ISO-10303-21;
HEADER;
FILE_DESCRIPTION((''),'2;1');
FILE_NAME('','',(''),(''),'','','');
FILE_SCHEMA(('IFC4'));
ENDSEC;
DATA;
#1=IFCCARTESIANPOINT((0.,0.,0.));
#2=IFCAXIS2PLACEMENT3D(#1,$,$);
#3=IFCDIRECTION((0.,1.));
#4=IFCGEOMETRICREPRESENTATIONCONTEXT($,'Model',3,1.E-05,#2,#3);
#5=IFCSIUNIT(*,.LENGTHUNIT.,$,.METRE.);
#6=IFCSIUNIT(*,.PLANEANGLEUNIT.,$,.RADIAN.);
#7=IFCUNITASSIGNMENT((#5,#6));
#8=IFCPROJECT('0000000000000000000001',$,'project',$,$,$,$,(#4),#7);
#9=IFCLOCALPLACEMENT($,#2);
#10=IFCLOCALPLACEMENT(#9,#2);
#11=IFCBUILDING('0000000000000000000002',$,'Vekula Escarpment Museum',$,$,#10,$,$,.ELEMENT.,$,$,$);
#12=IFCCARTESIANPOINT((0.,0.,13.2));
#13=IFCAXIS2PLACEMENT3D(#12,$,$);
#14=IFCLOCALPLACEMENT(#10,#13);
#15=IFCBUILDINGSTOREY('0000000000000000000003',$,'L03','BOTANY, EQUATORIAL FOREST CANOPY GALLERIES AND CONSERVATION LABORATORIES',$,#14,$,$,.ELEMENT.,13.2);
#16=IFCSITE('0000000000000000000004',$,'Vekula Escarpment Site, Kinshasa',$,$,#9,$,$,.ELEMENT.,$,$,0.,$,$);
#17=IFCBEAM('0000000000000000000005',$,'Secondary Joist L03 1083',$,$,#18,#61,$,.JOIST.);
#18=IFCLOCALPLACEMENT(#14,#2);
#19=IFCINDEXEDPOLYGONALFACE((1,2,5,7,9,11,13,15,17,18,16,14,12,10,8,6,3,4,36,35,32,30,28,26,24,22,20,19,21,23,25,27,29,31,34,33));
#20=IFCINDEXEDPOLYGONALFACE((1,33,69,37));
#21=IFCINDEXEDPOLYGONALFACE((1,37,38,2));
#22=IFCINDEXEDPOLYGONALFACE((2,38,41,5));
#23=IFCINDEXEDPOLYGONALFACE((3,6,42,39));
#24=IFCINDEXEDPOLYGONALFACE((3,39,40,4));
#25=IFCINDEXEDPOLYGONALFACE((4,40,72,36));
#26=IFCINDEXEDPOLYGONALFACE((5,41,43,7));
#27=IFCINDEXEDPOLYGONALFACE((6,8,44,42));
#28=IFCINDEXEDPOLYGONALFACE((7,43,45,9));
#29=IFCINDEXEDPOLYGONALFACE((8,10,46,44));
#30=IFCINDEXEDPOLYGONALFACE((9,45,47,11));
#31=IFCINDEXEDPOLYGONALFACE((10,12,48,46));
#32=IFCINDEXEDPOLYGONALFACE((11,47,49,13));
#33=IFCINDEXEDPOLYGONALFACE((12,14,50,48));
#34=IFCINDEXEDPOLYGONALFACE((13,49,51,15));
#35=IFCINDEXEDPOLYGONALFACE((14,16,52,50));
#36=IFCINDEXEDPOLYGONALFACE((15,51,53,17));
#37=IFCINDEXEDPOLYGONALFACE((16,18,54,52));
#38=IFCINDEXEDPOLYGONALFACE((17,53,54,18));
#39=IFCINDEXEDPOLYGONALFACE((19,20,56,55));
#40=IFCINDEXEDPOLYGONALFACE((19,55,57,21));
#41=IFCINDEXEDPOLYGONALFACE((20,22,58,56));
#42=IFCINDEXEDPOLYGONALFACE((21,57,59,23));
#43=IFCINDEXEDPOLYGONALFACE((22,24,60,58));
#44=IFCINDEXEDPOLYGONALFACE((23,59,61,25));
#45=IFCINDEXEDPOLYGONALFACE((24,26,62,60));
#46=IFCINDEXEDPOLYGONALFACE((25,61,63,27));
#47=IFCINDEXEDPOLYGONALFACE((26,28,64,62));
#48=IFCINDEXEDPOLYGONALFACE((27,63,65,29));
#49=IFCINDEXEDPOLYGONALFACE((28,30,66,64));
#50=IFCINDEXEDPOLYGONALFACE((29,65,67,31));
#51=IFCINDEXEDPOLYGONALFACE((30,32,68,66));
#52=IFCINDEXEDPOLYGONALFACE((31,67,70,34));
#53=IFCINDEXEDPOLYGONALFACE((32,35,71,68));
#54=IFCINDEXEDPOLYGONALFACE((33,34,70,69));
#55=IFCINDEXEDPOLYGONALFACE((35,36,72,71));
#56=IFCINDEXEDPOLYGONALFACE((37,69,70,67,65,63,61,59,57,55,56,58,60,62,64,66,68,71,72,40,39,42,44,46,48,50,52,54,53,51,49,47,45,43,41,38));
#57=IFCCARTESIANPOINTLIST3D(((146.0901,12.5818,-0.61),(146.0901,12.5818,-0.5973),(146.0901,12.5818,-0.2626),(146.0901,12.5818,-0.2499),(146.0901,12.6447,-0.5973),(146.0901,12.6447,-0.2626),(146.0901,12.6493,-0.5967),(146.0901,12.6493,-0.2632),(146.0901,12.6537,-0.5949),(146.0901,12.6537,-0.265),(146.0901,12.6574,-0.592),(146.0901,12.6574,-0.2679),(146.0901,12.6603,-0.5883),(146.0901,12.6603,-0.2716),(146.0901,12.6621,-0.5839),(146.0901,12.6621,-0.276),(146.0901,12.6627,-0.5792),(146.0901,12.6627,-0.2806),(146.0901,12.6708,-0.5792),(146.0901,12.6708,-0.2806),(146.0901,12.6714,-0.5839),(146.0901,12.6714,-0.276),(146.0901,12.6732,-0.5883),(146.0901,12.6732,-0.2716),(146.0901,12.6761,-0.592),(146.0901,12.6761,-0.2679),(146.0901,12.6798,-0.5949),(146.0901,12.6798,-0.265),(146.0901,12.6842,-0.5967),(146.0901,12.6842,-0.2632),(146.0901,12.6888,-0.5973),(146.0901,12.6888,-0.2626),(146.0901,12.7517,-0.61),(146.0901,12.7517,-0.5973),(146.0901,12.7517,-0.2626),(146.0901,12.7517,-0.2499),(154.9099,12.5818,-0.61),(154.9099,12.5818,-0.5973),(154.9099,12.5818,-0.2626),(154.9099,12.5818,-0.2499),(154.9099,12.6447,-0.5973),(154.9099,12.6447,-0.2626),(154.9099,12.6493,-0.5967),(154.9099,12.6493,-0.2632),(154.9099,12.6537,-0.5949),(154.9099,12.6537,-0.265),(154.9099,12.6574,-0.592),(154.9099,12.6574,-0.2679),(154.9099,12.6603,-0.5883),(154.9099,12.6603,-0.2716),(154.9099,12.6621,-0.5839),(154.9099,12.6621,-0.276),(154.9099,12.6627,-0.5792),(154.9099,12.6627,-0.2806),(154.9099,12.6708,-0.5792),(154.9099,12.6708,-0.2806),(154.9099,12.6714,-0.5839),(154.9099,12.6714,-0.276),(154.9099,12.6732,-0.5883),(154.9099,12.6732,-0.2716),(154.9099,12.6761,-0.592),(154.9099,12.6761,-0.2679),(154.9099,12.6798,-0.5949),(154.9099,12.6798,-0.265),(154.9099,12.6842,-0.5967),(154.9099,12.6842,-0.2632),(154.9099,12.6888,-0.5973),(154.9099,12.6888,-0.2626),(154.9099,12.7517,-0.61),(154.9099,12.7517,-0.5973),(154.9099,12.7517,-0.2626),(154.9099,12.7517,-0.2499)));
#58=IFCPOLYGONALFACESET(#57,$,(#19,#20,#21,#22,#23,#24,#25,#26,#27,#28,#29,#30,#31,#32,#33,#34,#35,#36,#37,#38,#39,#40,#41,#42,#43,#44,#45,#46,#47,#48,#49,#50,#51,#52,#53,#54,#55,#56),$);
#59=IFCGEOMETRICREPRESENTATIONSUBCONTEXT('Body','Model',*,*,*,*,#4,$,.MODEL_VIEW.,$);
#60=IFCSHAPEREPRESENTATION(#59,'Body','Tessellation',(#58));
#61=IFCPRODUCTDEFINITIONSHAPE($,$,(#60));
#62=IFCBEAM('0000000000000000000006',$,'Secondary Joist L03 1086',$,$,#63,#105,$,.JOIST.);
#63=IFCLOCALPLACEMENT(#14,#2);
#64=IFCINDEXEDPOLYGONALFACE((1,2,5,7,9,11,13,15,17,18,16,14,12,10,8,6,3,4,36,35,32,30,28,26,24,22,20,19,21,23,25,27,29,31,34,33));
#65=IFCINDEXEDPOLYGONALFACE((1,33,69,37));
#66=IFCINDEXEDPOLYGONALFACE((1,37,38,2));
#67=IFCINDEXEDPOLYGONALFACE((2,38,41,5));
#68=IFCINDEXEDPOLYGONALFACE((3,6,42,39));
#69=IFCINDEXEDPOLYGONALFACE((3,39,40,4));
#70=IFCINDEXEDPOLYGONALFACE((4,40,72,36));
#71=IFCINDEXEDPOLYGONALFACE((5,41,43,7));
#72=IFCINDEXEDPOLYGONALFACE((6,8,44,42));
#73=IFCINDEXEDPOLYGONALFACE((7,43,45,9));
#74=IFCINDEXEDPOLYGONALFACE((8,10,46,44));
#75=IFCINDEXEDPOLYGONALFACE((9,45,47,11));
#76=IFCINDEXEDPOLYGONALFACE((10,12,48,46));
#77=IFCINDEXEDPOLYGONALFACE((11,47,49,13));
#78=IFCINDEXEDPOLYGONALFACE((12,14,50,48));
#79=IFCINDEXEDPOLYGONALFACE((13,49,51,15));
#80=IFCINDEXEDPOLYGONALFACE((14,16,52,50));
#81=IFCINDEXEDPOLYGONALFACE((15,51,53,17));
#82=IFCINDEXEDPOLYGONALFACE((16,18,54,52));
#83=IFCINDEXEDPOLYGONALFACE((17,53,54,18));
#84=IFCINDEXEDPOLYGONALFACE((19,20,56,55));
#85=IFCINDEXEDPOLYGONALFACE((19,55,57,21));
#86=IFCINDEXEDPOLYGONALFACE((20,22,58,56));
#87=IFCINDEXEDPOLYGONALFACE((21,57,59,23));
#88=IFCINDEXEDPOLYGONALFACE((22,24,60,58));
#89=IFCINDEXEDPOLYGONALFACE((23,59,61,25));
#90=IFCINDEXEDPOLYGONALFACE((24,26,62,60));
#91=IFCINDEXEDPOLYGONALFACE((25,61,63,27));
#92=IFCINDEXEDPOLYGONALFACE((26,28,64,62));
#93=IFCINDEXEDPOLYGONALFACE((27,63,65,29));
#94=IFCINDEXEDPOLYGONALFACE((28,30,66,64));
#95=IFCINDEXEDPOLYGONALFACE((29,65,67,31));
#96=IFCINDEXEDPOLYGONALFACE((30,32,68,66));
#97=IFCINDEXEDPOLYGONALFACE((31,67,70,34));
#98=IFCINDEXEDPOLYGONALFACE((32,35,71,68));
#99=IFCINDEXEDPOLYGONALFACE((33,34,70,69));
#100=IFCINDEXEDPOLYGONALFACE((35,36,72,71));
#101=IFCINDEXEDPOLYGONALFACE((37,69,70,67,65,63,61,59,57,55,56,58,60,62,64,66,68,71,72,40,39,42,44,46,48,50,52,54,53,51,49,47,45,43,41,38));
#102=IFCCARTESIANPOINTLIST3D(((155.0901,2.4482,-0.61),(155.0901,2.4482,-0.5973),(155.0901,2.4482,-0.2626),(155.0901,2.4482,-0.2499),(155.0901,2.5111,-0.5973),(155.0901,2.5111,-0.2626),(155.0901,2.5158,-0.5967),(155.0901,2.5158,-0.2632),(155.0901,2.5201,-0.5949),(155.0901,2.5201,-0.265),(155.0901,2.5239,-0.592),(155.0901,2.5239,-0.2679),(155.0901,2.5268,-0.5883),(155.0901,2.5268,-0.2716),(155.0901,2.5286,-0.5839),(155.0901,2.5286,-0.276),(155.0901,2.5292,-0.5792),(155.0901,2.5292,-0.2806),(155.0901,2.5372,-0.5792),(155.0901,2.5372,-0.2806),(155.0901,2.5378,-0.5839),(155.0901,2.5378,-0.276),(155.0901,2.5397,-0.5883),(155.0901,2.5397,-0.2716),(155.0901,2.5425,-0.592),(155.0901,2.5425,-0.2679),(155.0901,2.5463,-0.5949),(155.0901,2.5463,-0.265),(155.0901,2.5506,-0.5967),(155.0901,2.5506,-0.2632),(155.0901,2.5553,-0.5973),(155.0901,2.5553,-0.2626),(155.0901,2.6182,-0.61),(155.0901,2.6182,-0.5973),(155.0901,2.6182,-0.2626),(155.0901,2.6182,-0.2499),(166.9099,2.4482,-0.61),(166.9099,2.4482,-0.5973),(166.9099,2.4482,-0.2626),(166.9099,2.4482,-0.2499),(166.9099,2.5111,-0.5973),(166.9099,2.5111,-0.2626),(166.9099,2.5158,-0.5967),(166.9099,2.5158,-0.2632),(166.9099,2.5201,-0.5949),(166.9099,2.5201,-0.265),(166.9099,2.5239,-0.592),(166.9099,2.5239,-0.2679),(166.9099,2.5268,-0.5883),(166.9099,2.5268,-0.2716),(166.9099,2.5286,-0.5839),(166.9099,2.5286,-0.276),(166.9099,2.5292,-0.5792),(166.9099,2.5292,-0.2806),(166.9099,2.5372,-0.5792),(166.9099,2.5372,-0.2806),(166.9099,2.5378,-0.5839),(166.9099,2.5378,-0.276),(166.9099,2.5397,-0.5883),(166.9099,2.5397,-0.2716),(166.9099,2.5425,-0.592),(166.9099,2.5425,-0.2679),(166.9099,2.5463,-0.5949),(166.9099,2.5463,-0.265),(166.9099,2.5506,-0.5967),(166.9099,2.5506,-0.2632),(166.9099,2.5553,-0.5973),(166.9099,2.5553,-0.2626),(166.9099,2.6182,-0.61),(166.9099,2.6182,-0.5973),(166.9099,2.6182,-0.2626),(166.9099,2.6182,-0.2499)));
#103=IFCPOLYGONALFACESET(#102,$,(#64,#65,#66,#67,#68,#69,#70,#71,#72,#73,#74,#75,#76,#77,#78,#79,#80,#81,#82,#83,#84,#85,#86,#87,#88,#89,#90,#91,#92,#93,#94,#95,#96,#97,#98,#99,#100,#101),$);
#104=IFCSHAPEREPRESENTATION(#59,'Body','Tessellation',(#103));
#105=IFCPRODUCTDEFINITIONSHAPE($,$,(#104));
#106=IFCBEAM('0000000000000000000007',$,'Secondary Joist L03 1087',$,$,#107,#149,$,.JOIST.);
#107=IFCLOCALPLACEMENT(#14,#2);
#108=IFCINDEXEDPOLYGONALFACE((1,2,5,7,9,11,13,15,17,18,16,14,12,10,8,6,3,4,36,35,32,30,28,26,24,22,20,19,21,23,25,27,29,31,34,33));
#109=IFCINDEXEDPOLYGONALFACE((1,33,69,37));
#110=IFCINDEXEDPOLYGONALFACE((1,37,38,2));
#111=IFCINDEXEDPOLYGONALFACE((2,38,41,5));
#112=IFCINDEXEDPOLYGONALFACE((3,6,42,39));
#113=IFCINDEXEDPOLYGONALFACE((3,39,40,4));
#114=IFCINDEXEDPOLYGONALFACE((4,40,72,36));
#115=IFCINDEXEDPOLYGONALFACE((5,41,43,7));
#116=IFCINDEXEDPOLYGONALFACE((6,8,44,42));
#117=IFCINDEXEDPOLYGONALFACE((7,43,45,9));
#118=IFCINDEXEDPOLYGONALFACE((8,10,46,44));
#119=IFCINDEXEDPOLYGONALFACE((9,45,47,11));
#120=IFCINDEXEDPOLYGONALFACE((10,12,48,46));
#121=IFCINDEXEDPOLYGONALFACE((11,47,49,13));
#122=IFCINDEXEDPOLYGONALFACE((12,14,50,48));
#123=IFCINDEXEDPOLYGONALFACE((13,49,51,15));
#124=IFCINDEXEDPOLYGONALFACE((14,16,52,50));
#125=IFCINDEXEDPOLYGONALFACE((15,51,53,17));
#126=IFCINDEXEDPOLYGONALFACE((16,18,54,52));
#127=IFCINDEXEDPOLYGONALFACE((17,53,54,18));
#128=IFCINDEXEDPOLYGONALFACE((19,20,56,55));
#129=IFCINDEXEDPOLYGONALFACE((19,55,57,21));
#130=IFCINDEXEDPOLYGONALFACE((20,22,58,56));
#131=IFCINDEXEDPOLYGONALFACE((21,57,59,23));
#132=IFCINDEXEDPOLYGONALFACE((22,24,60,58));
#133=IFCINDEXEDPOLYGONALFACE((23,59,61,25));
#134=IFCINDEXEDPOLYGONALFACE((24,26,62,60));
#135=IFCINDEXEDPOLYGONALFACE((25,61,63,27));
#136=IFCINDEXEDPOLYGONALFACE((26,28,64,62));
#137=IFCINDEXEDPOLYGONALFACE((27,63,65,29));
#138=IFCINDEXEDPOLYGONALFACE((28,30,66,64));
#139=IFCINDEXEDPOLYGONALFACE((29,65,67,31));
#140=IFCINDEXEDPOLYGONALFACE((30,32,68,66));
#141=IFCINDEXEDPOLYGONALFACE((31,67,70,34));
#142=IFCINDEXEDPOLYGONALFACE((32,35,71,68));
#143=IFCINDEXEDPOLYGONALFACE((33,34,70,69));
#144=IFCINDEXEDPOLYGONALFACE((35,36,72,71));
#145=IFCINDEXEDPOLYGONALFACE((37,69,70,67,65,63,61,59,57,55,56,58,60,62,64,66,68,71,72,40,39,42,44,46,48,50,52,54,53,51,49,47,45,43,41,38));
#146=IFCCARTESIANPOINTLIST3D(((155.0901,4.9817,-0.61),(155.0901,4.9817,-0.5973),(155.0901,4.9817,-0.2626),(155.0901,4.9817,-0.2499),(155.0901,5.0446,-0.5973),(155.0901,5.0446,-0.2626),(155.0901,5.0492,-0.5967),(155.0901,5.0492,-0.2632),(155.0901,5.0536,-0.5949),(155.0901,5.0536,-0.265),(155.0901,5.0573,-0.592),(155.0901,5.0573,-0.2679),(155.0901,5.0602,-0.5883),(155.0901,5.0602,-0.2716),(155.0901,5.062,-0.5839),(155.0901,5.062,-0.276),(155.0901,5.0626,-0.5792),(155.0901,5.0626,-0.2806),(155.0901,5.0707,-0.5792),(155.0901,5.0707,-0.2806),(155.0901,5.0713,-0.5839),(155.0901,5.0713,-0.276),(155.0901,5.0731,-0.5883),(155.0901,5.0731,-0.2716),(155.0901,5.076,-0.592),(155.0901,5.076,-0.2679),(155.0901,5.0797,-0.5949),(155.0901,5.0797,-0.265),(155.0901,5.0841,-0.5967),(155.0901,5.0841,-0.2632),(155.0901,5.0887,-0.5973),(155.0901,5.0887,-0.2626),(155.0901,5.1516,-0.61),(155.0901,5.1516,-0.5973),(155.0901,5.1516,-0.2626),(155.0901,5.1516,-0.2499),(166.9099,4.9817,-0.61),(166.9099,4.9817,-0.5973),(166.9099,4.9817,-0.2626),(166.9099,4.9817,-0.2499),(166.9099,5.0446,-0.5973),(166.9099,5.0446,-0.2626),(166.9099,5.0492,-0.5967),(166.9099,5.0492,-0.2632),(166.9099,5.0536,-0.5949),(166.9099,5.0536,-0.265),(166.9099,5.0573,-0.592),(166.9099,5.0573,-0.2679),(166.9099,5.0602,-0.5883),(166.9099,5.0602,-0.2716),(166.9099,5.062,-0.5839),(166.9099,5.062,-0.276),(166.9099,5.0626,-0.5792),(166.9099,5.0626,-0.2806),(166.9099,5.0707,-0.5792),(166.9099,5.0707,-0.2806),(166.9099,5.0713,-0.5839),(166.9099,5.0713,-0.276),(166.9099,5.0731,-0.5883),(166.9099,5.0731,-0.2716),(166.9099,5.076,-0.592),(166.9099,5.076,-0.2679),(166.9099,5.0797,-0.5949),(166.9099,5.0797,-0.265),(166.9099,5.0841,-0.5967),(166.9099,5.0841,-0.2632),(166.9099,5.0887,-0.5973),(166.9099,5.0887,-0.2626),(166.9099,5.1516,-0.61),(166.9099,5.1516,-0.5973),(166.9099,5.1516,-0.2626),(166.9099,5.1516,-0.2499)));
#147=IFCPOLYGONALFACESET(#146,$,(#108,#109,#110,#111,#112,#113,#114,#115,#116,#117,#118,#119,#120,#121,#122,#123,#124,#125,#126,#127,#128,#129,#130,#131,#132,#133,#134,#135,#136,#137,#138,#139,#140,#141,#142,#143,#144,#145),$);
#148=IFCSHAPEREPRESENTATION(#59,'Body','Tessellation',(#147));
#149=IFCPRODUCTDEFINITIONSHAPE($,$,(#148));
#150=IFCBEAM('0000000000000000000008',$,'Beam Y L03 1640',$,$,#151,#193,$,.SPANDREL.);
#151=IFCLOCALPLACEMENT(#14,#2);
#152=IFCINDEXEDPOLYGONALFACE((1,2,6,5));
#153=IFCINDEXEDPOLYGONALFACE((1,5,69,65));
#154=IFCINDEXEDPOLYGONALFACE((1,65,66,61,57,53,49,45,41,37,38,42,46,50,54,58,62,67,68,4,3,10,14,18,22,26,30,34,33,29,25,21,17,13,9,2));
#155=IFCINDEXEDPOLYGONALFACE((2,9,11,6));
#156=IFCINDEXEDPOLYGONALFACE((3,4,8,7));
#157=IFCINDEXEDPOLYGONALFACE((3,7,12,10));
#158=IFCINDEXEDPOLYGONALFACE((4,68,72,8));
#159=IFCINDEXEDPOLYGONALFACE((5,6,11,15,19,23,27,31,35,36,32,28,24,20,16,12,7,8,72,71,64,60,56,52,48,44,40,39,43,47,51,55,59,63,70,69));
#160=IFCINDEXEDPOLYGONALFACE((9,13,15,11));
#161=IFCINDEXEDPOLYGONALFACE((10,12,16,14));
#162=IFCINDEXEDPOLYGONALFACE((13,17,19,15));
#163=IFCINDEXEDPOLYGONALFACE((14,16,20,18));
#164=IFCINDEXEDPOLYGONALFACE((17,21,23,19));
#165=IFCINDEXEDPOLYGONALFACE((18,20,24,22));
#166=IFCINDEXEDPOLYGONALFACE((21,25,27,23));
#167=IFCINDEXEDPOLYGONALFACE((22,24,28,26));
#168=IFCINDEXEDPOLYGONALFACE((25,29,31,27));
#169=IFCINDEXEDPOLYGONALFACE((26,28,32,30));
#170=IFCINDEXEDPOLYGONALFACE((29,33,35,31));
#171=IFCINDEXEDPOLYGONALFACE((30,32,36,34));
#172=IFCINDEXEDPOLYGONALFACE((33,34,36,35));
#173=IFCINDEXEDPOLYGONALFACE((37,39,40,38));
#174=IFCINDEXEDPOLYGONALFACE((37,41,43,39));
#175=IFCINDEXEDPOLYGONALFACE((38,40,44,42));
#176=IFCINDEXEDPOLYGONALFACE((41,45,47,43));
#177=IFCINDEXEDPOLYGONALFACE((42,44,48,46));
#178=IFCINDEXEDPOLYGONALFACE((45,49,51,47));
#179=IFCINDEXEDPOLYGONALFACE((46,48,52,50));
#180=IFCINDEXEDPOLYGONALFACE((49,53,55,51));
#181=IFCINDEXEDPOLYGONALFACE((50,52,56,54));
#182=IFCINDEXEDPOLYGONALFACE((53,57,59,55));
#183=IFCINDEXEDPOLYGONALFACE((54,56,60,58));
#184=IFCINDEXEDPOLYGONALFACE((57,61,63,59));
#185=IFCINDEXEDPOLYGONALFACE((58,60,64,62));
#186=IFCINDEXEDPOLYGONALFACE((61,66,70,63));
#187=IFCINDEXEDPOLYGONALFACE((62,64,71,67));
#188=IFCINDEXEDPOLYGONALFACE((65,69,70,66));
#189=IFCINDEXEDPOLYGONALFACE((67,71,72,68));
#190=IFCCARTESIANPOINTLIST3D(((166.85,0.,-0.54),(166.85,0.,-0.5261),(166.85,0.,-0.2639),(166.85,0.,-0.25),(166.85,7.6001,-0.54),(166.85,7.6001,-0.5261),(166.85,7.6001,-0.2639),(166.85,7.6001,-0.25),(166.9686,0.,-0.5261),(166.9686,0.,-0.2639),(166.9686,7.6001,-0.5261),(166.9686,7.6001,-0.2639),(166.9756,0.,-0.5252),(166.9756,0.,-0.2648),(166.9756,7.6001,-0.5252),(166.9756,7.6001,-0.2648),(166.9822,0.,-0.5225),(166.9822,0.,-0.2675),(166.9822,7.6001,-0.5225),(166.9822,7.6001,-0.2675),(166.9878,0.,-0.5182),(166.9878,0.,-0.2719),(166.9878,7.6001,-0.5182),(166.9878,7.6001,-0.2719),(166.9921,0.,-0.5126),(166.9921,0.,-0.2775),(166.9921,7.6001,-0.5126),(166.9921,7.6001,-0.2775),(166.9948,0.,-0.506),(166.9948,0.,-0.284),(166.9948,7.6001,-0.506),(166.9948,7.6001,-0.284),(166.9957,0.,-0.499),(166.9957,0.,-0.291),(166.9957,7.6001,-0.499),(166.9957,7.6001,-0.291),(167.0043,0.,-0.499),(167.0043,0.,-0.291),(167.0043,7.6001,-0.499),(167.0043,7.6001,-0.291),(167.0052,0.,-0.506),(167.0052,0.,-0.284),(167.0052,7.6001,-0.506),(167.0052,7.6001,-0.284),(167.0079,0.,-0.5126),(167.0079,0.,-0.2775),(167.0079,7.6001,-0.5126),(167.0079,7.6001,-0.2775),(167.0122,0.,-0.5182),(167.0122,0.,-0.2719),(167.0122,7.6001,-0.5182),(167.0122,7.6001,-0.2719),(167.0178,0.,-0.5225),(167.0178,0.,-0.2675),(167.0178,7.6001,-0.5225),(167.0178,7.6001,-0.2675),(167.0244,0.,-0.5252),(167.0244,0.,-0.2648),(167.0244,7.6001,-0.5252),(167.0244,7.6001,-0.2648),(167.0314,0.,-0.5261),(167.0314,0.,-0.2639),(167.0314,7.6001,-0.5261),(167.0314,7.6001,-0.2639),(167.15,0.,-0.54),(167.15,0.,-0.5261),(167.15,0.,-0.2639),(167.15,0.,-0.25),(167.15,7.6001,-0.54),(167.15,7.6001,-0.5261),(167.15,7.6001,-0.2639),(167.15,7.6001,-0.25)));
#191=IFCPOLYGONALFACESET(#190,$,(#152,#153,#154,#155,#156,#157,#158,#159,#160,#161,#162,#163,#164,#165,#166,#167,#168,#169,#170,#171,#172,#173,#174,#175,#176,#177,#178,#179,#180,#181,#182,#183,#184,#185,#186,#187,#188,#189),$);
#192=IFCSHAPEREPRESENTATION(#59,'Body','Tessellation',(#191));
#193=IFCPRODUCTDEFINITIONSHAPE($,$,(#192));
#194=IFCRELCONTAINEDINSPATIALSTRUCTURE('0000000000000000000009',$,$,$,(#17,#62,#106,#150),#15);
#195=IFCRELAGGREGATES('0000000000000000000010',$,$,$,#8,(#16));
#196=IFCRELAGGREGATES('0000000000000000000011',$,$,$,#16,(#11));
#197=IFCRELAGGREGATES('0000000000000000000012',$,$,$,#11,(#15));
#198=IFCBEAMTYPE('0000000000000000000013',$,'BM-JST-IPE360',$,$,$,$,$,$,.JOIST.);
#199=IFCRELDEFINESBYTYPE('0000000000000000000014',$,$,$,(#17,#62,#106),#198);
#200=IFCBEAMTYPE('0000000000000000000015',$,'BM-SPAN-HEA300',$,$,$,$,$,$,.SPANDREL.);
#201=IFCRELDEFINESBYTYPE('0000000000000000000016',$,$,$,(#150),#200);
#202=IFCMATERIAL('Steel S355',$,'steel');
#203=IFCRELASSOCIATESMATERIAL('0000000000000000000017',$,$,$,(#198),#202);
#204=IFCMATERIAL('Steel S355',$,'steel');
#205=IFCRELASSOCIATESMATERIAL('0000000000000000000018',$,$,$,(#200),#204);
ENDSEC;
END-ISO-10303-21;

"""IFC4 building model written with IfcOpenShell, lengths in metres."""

from ifc_helpers import new_model, si_unit, direction, frame, origin, origin_2d, place, context, subcontext, project, spatial, i_section, extrude, material, material_profile, profile_set, type_object, element, save


model = new_model("IFC4")

# Units and contexts
model_context = context("Model", 3, precision=1e-05, world=origin(), true_north=direction((0.0, 1.0)))
body_context = subcontext(model_context, "Body", "Model", "MODEL_VIEW")
ifc_project = project(units=[si_unit("LENGTHUNIT", "METRE"), si_unit("PLANEANGLEUNIT", "RADIAN")], contexts=[model_context])

# Site, building, storey
site_placement = place(None, origin())
site = spatial("IfcSite", under=ifc_project, at=site_placement, Name="Vekula Escarpment Site, Kinshasa", CompositionType="ELEMENT", RefElevation=0.0)
building_placement = place(site_placement, origin())
building = spatial("IfcBuilding", under=site, at=building_placement, Name="Vekula Escarpment Museum", CompositionType="ELEMENT")
storey_placement = place(building_placement, frame((0.0, 0.0, 13.2)))
storey = spatial("IfcBuildingStorey", under=building, at=storey_placement, Name="L03", Description="BOTANY, EQUATORIAL FOREST CANOPY GALLERIES AND CONSERVATION LABORATORIES", CompositionType="ELEMENT", Elevation=13.2)

# Beams
ifc_material_1 = material(Name="Steel S355", Category="steel")
ifc_material_profile_1 = material_profile(ifc_material_1, i_section(OverallWidth=0.1699, OverallDepth=0.3601, WebThickness=0.0081, FlangeThickness=0.0127, FilletRadius=0.0181, at=origin_2d()), Name="IPE 360")
ifc_profile_set_1 = profile_set([ifc_material_profile_1], Name="Steel S355")
beam_type_1 = type_object("IfcBeamType", Name="BM-JST-IPE360", PredefinedType="JOIST", material=ifc_profile_set_1)
for number, where, z_axis, x_axis, name in (
    (1, (146.0901, 12.6667, -0.4299), (1.0, 0.0, 0.0), (0.0, 1.0, 0.0), "Secondary Joist L03 1083"),
):
    element("IfcBeam", number, at=place(storey_placement, frame(where, z_axis=z_axis, x_axis=x_axis)), inside=storey, type_object=beam_type_1, Name=name, PredefinedType="JOIST", context=body_context, shape_type="SweptSolid", body=[
        extrude(i_section(OverallWidth=0.1699, OverallDepth=0.3601, WebThickness=0.0081, FlangeThickness=0.0127, FilletRadius=0.0181, at=origin_2d()), origin(), (0.0, 0.0, 1.0), 8.8198),
    ])
for number, where, z_axis, x_axis, name in (
    (2, (155.0901, 2.5332, -0.4299), (1.0, 0.0, 0.0), (0.0, 1.0, 0.0), "Secondary Joist L03 1086"),
    (3, (155.0901, 5.0667, -0.4299), (1.0, 0.0, 0.0), (0.0, 1.0, 0.0), "Secondary Joist L03 1087"),
):
    element("IfcBeam", number, at=place(storey_placement, frame(where, z_axis=z_axis, x_axis=x_axis)), inside=storey, type_object=beam_type_1, Name=name, PredefinedType="JOIST", context=body_context, shape_type="SweptSolid", body=[
        extrude(i_section(OverallWidth=0.1699, OverallDepth=0.3601, WebThickness=0.0081, FlangeThickness=0.0127, FilletRadius=0.0181, at=origin_2d()), origin(), (0.0, 0.0, 1.0), 11.8198),
    ])
ifc_material_2 = material(Name="Steel S355", Category="steel")
ifc_material_profile_2 = material_profile(ifc_material_2, i_section(OverallWidth=0.3, OverallDepth=0.29, WebThickness=0.0085, FlangeThickness=0.0139, FilletRadius=0.0271, at=origin_2d()), Name="HEA 300")
ifc_profile_set_2 = profile_set([ifc_material_profile_2], Name="Steel S355")
beam_type_2 = type_object("IfcBeamType", Name="BM-SPAN-HEA300", PredefinedType="SPANDREL", material=ifc_profile_set_2)
beam_1_placement = place(storey_placement, frame((167.0, 0.0, -0.395), z_axis=(0.0, 1.0, 0.0), x_axis=(-1.0, 0.0, 0.0)))
element("IfcBeam", 4, at=beam_1_placement, inside=storey, type_object=beam_type_2, Name="Beam Y L03 1640", PredefinedType="SPANDREL", context=body_context, shape_type="SweptSolid", body=[
    extrude(i_section(OverallWidth=0.3, OverallDepth=0.29, WebThickness=0.0085, FlangeThickness=0.0139, FilletRadius=0.0271, at=origin_2d()), origin(), (0.0, 0.0, 1.0), 7.6001),
])

save(model, "model.ifc")
